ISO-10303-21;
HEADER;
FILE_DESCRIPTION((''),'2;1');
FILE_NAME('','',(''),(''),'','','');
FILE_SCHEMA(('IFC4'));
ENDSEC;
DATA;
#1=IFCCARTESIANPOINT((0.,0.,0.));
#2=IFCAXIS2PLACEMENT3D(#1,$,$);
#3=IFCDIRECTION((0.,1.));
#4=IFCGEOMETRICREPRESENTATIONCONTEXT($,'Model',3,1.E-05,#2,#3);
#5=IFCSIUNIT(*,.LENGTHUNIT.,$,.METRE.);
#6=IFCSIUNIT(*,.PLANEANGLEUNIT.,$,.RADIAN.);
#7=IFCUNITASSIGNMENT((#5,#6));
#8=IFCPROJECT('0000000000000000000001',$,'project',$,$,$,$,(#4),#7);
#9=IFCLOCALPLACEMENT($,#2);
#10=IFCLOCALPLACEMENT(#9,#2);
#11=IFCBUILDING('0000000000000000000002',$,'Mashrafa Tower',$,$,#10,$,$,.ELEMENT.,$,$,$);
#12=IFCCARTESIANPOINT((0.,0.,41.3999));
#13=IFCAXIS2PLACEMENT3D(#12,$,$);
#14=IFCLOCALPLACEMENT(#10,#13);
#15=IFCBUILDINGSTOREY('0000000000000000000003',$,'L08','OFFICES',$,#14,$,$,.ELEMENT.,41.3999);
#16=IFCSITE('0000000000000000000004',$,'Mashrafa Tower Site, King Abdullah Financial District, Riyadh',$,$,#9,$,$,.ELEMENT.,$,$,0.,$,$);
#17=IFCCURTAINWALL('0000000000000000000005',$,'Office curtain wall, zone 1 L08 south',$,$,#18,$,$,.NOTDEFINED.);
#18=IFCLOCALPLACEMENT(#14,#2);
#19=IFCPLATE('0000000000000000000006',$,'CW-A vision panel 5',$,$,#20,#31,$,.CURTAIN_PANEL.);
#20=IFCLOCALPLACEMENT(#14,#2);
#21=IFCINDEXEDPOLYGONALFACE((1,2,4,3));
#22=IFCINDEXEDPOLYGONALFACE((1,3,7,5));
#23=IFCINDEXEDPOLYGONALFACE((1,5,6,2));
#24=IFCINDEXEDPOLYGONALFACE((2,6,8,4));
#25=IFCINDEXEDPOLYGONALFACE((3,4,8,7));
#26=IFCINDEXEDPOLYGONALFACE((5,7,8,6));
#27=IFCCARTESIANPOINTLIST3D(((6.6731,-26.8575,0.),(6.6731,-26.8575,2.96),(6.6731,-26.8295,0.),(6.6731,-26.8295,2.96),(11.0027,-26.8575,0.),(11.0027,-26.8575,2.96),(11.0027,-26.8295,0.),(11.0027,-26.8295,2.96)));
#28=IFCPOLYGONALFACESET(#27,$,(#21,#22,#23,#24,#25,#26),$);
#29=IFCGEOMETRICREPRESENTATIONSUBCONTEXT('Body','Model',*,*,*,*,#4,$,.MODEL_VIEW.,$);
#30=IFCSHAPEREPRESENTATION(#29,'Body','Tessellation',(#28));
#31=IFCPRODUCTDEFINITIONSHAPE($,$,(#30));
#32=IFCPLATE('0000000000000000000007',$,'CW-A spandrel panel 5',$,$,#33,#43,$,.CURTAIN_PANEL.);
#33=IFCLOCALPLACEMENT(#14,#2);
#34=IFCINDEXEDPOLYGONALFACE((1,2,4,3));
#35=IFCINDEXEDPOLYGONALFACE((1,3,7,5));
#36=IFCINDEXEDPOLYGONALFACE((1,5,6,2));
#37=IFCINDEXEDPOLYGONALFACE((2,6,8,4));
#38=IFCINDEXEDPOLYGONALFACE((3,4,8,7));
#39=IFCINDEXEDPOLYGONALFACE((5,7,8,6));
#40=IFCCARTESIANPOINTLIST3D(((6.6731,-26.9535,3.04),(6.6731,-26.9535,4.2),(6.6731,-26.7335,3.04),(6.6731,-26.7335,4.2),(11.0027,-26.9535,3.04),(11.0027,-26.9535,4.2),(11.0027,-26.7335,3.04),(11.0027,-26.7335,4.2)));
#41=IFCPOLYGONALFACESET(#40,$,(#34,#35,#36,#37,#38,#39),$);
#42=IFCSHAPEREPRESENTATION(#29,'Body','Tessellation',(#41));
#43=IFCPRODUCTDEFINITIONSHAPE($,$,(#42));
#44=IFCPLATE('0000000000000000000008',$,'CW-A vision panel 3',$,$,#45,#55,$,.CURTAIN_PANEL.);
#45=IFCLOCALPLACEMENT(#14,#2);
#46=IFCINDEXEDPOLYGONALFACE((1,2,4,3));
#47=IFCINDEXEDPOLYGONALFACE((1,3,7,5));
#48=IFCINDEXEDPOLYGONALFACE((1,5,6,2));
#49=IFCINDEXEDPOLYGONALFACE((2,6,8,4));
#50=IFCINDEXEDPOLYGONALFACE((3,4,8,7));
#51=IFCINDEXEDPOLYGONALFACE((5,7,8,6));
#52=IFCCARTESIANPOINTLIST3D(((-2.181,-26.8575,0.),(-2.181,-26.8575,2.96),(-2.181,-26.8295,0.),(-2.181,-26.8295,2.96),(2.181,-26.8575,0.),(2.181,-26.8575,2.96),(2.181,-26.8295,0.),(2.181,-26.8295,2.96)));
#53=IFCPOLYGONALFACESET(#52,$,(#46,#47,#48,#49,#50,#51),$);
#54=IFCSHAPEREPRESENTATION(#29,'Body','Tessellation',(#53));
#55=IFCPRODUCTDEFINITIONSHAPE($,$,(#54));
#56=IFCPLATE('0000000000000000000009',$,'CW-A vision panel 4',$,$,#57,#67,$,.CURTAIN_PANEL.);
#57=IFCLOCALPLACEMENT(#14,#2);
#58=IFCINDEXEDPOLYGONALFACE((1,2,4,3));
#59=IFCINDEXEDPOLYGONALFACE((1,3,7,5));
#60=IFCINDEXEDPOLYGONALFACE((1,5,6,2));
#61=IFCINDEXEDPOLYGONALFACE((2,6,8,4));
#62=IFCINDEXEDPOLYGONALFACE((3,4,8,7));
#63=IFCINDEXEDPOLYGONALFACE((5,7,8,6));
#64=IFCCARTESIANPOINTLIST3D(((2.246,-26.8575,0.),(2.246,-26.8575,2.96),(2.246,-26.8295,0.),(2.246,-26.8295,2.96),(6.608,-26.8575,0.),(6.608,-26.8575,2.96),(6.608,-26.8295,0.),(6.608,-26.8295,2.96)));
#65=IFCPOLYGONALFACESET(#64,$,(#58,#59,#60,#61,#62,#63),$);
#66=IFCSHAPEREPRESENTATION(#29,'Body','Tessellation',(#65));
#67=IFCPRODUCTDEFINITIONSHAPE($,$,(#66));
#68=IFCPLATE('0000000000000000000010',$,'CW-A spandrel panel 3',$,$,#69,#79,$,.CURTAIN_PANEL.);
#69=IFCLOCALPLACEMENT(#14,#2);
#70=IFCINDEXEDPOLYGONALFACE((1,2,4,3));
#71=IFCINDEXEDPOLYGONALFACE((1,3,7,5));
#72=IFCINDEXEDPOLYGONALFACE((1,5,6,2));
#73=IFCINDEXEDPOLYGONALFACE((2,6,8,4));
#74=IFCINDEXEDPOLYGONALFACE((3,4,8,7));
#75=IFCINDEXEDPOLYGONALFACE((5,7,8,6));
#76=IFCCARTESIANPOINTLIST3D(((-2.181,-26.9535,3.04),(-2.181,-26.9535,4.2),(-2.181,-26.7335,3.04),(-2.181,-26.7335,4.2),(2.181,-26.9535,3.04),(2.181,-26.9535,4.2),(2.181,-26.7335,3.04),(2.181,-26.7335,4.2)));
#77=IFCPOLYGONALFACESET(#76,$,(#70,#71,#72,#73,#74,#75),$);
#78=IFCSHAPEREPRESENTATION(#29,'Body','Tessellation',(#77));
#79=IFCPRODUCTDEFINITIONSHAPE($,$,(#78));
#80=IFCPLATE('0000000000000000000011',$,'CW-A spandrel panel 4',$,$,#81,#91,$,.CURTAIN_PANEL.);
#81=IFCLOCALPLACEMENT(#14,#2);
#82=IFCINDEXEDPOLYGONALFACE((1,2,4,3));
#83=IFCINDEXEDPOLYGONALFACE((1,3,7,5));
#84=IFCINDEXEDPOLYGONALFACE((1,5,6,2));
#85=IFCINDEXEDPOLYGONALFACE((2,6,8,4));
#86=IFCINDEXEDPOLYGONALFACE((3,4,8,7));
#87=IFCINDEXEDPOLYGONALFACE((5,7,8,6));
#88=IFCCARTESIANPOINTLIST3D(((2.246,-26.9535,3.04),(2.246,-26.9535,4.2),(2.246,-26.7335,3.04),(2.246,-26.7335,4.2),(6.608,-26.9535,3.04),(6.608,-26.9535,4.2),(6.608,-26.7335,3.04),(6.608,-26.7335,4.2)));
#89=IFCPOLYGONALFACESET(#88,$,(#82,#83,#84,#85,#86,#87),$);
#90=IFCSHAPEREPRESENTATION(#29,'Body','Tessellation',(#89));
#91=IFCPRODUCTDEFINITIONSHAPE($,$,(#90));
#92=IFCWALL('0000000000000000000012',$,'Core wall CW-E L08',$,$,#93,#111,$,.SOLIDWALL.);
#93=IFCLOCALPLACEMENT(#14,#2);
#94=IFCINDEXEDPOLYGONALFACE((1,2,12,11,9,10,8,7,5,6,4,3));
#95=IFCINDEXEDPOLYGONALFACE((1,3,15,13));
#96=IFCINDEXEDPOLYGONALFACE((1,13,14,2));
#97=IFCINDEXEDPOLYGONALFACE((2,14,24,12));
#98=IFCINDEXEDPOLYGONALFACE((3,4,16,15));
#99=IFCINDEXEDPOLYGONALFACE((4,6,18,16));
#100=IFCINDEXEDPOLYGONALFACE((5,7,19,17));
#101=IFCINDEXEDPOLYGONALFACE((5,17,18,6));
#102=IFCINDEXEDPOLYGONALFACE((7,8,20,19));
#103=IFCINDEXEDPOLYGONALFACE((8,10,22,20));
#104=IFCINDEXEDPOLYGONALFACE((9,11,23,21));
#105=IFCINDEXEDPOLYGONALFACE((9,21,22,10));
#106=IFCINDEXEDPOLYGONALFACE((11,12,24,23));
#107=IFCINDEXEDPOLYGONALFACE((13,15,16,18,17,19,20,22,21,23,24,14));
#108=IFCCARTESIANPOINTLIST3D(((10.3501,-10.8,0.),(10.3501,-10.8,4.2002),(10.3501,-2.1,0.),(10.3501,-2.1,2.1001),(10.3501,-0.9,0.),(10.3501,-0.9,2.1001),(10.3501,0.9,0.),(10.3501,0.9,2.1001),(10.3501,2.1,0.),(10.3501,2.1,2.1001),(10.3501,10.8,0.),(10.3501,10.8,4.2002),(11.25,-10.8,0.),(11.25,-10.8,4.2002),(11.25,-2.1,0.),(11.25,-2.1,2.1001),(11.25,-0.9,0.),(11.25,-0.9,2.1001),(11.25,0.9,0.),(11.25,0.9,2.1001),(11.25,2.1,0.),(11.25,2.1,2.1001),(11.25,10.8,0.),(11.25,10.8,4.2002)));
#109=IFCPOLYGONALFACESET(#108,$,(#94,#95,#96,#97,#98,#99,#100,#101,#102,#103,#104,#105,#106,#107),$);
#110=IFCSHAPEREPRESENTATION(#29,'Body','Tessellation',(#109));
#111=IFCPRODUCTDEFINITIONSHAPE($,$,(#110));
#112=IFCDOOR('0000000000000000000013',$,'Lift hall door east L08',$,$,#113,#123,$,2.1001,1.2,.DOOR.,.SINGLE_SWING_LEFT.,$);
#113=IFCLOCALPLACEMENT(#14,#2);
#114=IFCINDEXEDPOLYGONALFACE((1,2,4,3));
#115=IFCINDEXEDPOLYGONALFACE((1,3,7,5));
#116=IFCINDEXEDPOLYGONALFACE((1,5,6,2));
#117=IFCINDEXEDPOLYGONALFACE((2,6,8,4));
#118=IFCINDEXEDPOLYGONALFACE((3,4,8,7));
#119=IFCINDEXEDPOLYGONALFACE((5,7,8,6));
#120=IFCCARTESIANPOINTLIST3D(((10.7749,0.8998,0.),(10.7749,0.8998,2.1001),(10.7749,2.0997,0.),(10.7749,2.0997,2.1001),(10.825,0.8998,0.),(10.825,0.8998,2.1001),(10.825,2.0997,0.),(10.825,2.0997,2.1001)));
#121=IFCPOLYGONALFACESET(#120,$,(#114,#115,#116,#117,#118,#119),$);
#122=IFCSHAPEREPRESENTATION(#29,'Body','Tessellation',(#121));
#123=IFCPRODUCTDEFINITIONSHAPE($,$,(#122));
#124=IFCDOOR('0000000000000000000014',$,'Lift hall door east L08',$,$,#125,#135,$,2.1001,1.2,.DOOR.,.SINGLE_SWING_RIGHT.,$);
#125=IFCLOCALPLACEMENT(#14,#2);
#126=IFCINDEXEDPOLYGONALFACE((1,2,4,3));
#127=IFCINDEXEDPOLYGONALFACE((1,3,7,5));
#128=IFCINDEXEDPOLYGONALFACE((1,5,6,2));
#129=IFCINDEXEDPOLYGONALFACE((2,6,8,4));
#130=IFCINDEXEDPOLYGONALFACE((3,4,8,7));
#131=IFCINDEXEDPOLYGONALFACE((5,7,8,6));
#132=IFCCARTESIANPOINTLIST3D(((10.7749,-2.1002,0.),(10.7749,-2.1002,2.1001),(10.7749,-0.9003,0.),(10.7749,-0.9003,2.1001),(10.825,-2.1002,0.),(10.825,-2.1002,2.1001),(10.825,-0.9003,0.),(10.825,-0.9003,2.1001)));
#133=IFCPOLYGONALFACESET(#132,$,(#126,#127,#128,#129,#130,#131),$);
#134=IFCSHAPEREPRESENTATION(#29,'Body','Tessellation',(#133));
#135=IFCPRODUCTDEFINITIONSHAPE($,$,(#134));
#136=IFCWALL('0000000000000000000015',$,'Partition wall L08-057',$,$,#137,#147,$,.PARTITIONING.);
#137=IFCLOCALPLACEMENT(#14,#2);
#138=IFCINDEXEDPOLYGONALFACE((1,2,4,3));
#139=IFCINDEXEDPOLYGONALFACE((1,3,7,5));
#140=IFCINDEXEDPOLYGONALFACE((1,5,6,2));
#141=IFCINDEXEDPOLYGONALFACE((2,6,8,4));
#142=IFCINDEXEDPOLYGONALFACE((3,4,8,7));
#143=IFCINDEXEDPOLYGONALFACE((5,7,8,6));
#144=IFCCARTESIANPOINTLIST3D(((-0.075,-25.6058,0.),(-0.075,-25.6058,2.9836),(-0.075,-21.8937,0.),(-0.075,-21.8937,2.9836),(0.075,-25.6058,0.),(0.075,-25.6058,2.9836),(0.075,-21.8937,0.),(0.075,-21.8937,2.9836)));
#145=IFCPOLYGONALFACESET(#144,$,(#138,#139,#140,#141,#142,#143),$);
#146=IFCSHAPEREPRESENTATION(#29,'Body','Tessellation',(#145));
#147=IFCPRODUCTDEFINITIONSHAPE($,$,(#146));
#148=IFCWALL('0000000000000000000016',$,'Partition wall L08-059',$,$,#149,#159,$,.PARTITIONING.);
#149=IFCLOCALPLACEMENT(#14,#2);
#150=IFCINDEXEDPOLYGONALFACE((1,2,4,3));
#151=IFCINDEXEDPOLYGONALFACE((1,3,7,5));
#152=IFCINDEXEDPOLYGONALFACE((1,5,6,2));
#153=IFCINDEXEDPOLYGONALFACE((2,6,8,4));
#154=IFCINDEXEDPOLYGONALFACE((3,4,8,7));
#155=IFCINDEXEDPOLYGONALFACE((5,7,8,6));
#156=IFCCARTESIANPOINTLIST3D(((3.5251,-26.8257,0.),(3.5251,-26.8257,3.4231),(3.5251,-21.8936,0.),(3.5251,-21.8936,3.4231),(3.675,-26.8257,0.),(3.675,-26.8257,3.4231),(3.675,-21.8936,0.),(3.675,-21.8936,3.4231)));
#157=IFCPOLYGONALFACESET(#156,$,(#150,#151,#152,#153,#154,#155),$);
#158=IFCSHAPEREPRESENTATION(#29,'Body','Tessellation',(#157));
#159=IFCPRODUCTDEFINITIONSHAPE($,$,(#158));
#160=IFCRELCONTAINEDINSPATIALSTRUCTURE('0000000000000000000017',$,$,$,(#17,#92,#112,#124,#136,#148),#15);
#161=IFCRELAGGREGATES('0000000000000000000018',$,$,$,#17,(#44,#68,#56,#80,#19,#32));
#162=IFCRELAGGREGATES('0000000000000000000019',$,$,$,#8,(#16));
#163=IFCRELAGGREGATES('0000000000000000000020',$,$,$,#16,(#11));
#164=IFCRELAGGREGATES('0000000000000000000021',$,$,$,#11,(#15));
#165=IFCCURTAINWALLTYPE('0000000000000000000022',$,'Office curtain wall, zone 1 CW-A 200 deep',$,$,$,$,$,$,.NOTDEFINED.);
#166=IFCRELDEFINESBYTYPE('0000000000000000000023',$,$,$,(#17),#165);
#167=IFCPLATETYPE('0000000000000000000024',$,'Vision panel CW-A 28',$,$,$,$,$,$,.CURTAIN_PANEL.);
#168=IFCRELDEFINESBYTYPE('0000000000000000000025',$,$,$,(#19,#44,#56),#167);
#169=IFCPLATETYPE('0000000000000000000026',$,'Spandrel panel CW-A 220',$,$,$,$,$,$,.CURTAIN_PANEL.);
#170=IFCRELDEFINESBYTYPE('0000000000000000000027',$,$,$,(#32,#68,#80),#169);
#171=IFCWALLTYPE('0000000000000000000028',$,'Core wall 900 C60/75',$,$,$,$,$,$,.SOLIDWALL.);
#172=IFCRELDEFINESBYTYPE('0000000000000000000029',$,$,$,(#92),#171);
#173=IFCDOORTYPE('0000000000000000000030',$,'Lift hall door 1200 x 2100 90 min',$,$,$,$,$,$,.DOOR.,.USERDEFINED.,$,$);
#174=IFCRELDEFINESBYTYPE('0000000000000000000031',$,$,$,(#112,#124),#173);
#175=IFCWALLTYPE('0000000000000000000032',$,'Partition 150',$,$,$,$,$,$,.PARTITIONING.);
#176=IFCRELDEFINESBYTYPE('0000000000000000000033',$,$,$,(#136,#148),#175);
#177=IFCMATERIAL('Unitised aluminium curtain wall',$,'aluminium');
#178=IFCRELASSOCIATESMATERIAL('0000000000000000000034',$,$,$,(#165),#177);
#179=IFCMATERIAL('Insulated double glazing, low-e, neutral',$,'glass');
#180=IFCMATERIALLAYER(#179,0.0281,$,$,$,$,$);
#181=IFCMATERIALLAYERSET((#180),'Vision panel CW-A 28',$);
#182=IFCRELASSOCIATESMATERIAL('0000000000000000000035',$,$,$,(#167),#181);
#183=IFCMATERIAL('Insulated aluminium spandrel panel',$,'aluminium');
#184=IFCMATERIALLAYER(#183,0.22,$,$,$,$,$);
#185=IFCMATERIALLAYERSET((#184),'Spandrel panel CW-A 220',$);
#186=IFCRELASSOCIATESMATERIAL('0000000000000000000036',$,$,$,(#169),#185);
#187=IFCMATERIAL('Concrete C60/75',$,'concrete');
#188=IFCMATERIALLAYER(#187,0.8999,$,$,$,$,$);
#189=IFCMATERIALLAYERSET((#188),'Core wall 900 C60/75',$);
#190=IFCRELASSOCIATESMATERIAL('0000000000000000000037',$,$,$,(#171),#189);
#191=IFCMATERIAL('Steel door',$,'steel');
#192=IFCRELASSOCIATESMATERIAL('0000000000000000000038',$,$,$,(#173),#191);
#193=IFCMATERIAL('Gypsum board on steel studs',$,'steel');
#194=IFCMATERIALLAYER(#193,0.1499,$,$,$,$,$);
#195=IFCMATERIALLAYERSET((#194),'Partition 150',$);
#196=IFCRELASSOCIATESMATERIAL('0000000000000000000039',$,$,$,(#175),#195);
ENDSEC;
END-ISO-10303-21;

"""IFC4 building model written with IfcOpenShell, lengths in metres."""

from ifc_helpers import new_model, si_unit, direction, frame, frame_2d, origin, origin_2d, place, context, subcontext, project, spatial, rectangle, extrude, source, transform, mapped, material, layer, layer_set, type_object, type_shapes, element, fill, aggregate, save


model = new_model("IFC4")

# Units and contexts
model_context = context("Model", 3, precision=1e-05, world=origin(), true_north=direction((0.0, 1.0)))
body_context = subcontext(model_context, "Body", "Model", "MODEL_VIEW")
ifc_project = project(units=[si_unit("LENGTHUNIT", "METRE"), si_unit("PLANEANGLEUNIT", "RADIAN")], contexts=[model_context])

# Site, building, storey
site_placement = place(None, origin())
site = spatial("IfcSite", under=ifc_project, at=site_placement, Name="Mashrafa Tower Site, King Abdullah Financial District, Riyadh", CompositionType="ELEMENT", RefElevation=0.0)
building_placement = place(site_placement, origin())
building = spatial("IfcBuilding", under=site, at=building_placement, Name="Mashrafa Tower", CompositionType="ELEMENT")
storey_placement = place(building_placement, frame((0.0, 0.0, 41.3999)))
storey = spatial("IfcBuildingStorey", under=building, at=storey_placement, Name="L08", Description="OFFICES", CompositionType="ELEMENT", Elevation=41.3999)

# Curtain wall
ifc_material_1 = material(Name="Unitised aluminium curtain wall", Category="aluminium")
curtain_wall_type = type_object("IfcCurtainWallType", Name="Office curtain wall, zone 1 CW-A 200 deep", PredefinedType="NOTDEFINED", material=ifc_material_1)
curtain_wall_1_placement = place(storey_placement, origin())
curtain_wall_1 = element("IfcCurtainWall", 1, at=curtain_wall_1_placement, inside=storey, type_object=curtain_wall_type, Name="Office curtain wall, zone 1 L08 south", PredefinedType="NOTDEFINED")

# Plates
ifc_material_2 = material(Name="Insulated double glazing, low-e, neutral", Category="glass")
ifc_layer_1 = layer(ifc_material_2, 0.0281)
ifc_layer_set_1 = layer_set([ifc_layer_1], Name="Vision panel CW-A 28")
plate_type_1 = type_object("IfcPlateType", Name="Vision panel CW-A 28", PredefinedType="CURTAIN_PANEL", material=ifc_layer_set_1)
shared_shape_1 = source(origin(), body_context, "Body", "SweptSolid", [
    extrude(rectangle(XDim=4.3296, YDim=0.0281, at=origin_2d()), origin(), (0.0, 0.0, 1.0), 2.96),
])
plate_1_placement = place(storey_placement, frame((8.8379, -26.8435, 0.0), z_axis=(0.0, 0.0, 1.0), x_axis=(1.0, 0.0, 0.0)))
plate_1 = element("IfcPlate", 2, at=plate_1_placement, type_object=plate_type_1, Name="CW-A vision panel 5", PredefinedType="CURTAIN_PANEL", context=body_context, shape_type="MappedRepresentation", body=[
    mapped(shared_shape_1, transform((0.0, 0.0, 0.0))),
])
ifc_material_3 = material(Name="Insulated aluminium spandrel panel", Category="aluminium")
ifc_layer_2 = layer(ifc_material_3, 0.22)
ifc_layer_set_2 = layer_set([ifc_layer_2], Name="Spandrel panel CW-A 220")
plate_type_2 = type_object("IfcPlateType", Name="Spandrel panel CW-A 220", PredefinedType="CURTAIN_PANEL", material=ifc_layer_set_2)
shared_shape_2 = source(origin(), body_context, "Body", "SweptSolid", [
    extrude(rectangle(XDim=4.3296, YDim=0.22, at=origin_2d()), origin(), (0.0, 0.0, 1.0), 1.1599),
])
plate_2_placement = place(storey_placement, frame((8.8379, -26.8435, 3.04), z_axis=(0.0, 0.0, 1.0), x_axis=(1.0, 0.0, 0.0)))
plate_2 = element("IfcPlate", 3, at=plate_2_placement, type_object=plate_type_2, Name="CW-A spandrel panel 5", PredefinedType="CURTAIN_PANEL", context=body_context, shape_type="MappedRepresentation", body=[
    mapped(shared_shape_2, transform((0.0, 0.0, 0.0))),
])
shared_shape_3 = source(origin(), body_context, "Body", "SweptSolid", [
    extrude(rectangle(XDim=4.3621, YDim=0.0281, at=origin_2d()), origin(), (0.0, 0.0, 1.0), 2.96),
])
type_shapes(plate_type_1, [shared_shape_1, shared_shape_3])
plate_3_placement = place(storey_placement, frame((0.0, -26.8435, 0.0), z_axis=(0.0, 0.0, 1.0), x_axis=(1.0, 0.0, 0.0)))
plate_3 = element("IfcPlate", 4, at=plate_3_placement, type_object=plate_type_1, Name="CW-A vision panel 3", PredefinedType="CURTAIN_PANEL", context=body_context, shape_type="MappedRepresentation", body=[
    mapped(shared_shape_3, transform((0.0, 0.0, 0.0))),
])
plate_4_placement = place(storey_placement, frame((4.427, -26.8435, 0.0), z_axis=(0.0, 0.0, 1.0), x_axis=(1.0, 0.0, 0.0)))
plate_4 = element("IfcPlate", 5, at=plate_4_placement, type_object=plate_type_1, Name="CW-A vision panel 4", PredefinedType="CURTAIN_PANEL", context=body_context, shape_type="MappedRepresentation", body=[
    mapped(shared_shape_3, transform((0.0, 0.0, 0.0))),
])
shared_shape_4 = source(origin(), body_context, "Body", "SweptSolid", [
    extrude(rectangle(XDim=4.3621, YDim=0.22, at=origin_2d()), origin(), (0.0, 0.0, 1.0), 1.1599),
])
type_shapes(plate_type_2, [shared_shape_2, shared_shape_4])
plate_5_placement = place(storey_placement, frame((0.0, -26.8435, 3.04), z_axis=(0.0, 0.0, 1.0), x_axis=(1.0, 0.0, 0.0)))
plate_5 = element("IfcPlate", 6, at=plate_5_placement, type_object=plate_type_2, Name="CW-A spandrel panel 3", PredefinedType="CURTAIN_PANEL", context=body_context, shape_type="MappedRepresentation", body=[
    mapped(shared_shape_4, transform((0.0, 0.0, 0.0))),
])
plate_6_placement = place(storey_placement, frame((4.427, -26.8435, 3.04), z_axis=(0.0, 0.0, 1.0), x_axis=(1.0, 0.0, 0.0)))
plate_6 = element("IfcPlate", 7, at=plate_6_placement, type_object=plate_type_2, Name="CW-A spandrel panel 4", PredefinedType="CURTAIN_PANEL", context=body_context, shape_type="MappedRepresentation", body=[
    mapped(shared_shape_4, transform((0.0, 0.0, 0.0))),
])
aggregate(curtain_wall_1, [plate_3, plate_5, plate_4, plate_6, plate_1, plate_2])

# Wall, openings, doors
ifc_material_4 = material(Name="Concrete C60/75", Category="concrete")
ifc_layer_3 = layer(ifc_material_4, 0.8999)
ifc_layer_set_3 = layer_set([ifc_layer_3], Name="Core wall 900 C60/75")
wall_type_1 = type_object("IfcWallType", Name="Core wall 900 C60/75", PredefinedType="SOLIDWALL", material=ifc_layer_set_3)
wall_1_placement = place(storey_placement, frame((10.8, -10.8, 0.0), z_axis=(0.0, 0.0, 1.0), x_axis=(0.0, 1.0, 0.0)))
wall_1 = element("IfcWall", 8, at=wall_1_placement, inside=storey, type_object=wall_type_1, Name="Core wall CW-E L08", PredefinedType="SOLIDWALL", context=body_context, shape_type="SweptSolid", body=[
    extrude(rectangle(XDim=21.6001, YDim=0.8999, at=frame_2d((10.8, 0.0))), origin(), (0.0, 0.0, 1.0), 4.2002),
])
opening_1_placement = place(wall_1_placement, frame((11.7, 0.0, 0.0)))
opening_1 = element("IfcOpeningElement", 9, at=opening_1_placement, cuts=wall_1, PredefinedType="OPENING", context=body_context, shape_type="SweptSolid", body=[
    extrude(rectangle(XDim=1.2, YDim=2.1001, at=frame_2d((0.6001, 1.05))), frame((0.0, 0.46, 0.0), z_axis=(0.0, -1.0, 0.0), x_axis=(1.0, 0.0, 0.0)), (0.0, 0.0, 1.0), 0.9199),
])
opening_2_placement = place(wall_1_placement, frame((8.7, 0.0, 0.0)))
opening_2 = element("IfcOpeningElement", 10, at=opening_2_placement, cuts=wall_1, PredefinedType="OPENING", context=body_context, shape_type="SweptSolid", body=[
    extrude(rectangle(XDim=1.2, YDim=2.1001, at=frame_2d((0.6001, 1.05))), frame((0.0, 0.46, 0.0), z_axis=(0.0, -1.0, 0.0), x_axis=(1.0, 0.0, 0.0)), (0.0, 0.0, 1.0), 0.9199),
])
ifc_material_5 = material(Name="Steel door", Category="steel")
door_type_1 = type_object("IfcDoorType", Name="Lift hall door 1200 x 2100 90 min", OperationType="USERDEFINED", PredefinedType="DOOR", material=ifc_material_5)
door_1_placement = place(opening_1_placement, frame((1.2, 0.0, 0.0), z_axis=(0.0, 0.0, 1.0), x_axis=(-1.0, 0.0, 0.0)))
door_1 = element("IfcDoor", 11, at=door_1_placement, inside=storey, type_object=door_type_1, Name="Lift hall door east L08", OperationType="SINGLE_SWING_LEFT", OverallHeight=2.1001, OverallWidth=1.2, PredefinedType="DOOR", context=body_context, shape_type="SweptSolid", body=[
    extrude(rectangle(XDim=1.2, YDim=2.1001, at=frame_2d((0.6001, 1.05))), frame((0.0, 0.0249, 0.0), z_axis=(0.0, -1.0, 0.0), x_axis=(1.0, 0.0, 0.0)), (0.0, 0.0, 1.0), 0.05),
])
fill(opening_1, door_1)
door_2_placement = place(opening_2_placement, frame((1.2, 0.0, 0.0), z_axis=(0.0, 0.0, 1.0), x_axis=(-1.0, 0.0, 0.0)))
door_2 = element("IfcDoor", 12, at=door_2_placement, inside=storey, type_object=door_type_1, Name="Lift hall door east L08", OperationType="SINGLE_SWING_RIGHT", OverallHeight=2.1001, OverallWidth=1.2, PredefinedType="DOOR", context=body_context, shape_type="SweptSolid", body=[
    extrude(rectangle(XDim=1.2, YDim=2.1001, at=frame_2d((0.6001, 1.05))), frame((0.0, 0.0249, 0.0), z_axis=(0.0, -1.0, 0.0), x_axis=(1.0, 0.0, 0.0)), (0.0, 0.0, 1.0), 0.05),
])
fill(opening_2, door_2)

# Walls
ifc_material_6 = material(Name="Gypsum board on steel studs", Category="steel")
ifc_layer_4 = layer(ifc_material_6, 0.1499)
ifc_layer_set_4 = layer_set([ifc_layer_4], Name="Partition 150")
wall_type_2 = type_object("IfcWallType", Name="Partition 150", PredefinedType="PARTITIONING", material=ifc_layer_set_4)
wall_2_placement = place(storey_placement, frame((0.0, -25.6057, 0.0), z_axis=(0.0, 0.0, 1.0), x_axis=(0.0, 1.0, 0.0)))
element("IfcWall", 13, at=wall_2_placement, inside=storey, type_object=wall_type_2, Name="Partition wall L08-057", PredefinedType="PARTITIONING", context=body_context, shape_type="SweptSolid", body=[
    extrude(rectangle(XDim=3.7122, YDim=0.1499, at=frame_2d((1.856, 0.0))), origin(), (0.0, 0.0, 1.0), 2.9836),
])
wall_3_placement = place(storey_placement, frame((3.6001, -26.8257, 0.0), z_axis=(0.0, 0.0, 1.0), x_axis=(0.0, 1.0, 0.0)))
element("IfcWall", 14, at=wall_3_placement, inside=storey, type_object=wall_type_2, Name="Partition wall L08-059", PredefinedType="PARTITIONING", context=body_context, shape_type="SweptSolid", body=[
    extrude(rectangle(XDim=4.9321, YDim=0.1499, at=frame_2d((2.4661, 0.0))), origin(), (0.0, 0.0, 1.0), 3.4231),
])

save(model, "model.ifc")
